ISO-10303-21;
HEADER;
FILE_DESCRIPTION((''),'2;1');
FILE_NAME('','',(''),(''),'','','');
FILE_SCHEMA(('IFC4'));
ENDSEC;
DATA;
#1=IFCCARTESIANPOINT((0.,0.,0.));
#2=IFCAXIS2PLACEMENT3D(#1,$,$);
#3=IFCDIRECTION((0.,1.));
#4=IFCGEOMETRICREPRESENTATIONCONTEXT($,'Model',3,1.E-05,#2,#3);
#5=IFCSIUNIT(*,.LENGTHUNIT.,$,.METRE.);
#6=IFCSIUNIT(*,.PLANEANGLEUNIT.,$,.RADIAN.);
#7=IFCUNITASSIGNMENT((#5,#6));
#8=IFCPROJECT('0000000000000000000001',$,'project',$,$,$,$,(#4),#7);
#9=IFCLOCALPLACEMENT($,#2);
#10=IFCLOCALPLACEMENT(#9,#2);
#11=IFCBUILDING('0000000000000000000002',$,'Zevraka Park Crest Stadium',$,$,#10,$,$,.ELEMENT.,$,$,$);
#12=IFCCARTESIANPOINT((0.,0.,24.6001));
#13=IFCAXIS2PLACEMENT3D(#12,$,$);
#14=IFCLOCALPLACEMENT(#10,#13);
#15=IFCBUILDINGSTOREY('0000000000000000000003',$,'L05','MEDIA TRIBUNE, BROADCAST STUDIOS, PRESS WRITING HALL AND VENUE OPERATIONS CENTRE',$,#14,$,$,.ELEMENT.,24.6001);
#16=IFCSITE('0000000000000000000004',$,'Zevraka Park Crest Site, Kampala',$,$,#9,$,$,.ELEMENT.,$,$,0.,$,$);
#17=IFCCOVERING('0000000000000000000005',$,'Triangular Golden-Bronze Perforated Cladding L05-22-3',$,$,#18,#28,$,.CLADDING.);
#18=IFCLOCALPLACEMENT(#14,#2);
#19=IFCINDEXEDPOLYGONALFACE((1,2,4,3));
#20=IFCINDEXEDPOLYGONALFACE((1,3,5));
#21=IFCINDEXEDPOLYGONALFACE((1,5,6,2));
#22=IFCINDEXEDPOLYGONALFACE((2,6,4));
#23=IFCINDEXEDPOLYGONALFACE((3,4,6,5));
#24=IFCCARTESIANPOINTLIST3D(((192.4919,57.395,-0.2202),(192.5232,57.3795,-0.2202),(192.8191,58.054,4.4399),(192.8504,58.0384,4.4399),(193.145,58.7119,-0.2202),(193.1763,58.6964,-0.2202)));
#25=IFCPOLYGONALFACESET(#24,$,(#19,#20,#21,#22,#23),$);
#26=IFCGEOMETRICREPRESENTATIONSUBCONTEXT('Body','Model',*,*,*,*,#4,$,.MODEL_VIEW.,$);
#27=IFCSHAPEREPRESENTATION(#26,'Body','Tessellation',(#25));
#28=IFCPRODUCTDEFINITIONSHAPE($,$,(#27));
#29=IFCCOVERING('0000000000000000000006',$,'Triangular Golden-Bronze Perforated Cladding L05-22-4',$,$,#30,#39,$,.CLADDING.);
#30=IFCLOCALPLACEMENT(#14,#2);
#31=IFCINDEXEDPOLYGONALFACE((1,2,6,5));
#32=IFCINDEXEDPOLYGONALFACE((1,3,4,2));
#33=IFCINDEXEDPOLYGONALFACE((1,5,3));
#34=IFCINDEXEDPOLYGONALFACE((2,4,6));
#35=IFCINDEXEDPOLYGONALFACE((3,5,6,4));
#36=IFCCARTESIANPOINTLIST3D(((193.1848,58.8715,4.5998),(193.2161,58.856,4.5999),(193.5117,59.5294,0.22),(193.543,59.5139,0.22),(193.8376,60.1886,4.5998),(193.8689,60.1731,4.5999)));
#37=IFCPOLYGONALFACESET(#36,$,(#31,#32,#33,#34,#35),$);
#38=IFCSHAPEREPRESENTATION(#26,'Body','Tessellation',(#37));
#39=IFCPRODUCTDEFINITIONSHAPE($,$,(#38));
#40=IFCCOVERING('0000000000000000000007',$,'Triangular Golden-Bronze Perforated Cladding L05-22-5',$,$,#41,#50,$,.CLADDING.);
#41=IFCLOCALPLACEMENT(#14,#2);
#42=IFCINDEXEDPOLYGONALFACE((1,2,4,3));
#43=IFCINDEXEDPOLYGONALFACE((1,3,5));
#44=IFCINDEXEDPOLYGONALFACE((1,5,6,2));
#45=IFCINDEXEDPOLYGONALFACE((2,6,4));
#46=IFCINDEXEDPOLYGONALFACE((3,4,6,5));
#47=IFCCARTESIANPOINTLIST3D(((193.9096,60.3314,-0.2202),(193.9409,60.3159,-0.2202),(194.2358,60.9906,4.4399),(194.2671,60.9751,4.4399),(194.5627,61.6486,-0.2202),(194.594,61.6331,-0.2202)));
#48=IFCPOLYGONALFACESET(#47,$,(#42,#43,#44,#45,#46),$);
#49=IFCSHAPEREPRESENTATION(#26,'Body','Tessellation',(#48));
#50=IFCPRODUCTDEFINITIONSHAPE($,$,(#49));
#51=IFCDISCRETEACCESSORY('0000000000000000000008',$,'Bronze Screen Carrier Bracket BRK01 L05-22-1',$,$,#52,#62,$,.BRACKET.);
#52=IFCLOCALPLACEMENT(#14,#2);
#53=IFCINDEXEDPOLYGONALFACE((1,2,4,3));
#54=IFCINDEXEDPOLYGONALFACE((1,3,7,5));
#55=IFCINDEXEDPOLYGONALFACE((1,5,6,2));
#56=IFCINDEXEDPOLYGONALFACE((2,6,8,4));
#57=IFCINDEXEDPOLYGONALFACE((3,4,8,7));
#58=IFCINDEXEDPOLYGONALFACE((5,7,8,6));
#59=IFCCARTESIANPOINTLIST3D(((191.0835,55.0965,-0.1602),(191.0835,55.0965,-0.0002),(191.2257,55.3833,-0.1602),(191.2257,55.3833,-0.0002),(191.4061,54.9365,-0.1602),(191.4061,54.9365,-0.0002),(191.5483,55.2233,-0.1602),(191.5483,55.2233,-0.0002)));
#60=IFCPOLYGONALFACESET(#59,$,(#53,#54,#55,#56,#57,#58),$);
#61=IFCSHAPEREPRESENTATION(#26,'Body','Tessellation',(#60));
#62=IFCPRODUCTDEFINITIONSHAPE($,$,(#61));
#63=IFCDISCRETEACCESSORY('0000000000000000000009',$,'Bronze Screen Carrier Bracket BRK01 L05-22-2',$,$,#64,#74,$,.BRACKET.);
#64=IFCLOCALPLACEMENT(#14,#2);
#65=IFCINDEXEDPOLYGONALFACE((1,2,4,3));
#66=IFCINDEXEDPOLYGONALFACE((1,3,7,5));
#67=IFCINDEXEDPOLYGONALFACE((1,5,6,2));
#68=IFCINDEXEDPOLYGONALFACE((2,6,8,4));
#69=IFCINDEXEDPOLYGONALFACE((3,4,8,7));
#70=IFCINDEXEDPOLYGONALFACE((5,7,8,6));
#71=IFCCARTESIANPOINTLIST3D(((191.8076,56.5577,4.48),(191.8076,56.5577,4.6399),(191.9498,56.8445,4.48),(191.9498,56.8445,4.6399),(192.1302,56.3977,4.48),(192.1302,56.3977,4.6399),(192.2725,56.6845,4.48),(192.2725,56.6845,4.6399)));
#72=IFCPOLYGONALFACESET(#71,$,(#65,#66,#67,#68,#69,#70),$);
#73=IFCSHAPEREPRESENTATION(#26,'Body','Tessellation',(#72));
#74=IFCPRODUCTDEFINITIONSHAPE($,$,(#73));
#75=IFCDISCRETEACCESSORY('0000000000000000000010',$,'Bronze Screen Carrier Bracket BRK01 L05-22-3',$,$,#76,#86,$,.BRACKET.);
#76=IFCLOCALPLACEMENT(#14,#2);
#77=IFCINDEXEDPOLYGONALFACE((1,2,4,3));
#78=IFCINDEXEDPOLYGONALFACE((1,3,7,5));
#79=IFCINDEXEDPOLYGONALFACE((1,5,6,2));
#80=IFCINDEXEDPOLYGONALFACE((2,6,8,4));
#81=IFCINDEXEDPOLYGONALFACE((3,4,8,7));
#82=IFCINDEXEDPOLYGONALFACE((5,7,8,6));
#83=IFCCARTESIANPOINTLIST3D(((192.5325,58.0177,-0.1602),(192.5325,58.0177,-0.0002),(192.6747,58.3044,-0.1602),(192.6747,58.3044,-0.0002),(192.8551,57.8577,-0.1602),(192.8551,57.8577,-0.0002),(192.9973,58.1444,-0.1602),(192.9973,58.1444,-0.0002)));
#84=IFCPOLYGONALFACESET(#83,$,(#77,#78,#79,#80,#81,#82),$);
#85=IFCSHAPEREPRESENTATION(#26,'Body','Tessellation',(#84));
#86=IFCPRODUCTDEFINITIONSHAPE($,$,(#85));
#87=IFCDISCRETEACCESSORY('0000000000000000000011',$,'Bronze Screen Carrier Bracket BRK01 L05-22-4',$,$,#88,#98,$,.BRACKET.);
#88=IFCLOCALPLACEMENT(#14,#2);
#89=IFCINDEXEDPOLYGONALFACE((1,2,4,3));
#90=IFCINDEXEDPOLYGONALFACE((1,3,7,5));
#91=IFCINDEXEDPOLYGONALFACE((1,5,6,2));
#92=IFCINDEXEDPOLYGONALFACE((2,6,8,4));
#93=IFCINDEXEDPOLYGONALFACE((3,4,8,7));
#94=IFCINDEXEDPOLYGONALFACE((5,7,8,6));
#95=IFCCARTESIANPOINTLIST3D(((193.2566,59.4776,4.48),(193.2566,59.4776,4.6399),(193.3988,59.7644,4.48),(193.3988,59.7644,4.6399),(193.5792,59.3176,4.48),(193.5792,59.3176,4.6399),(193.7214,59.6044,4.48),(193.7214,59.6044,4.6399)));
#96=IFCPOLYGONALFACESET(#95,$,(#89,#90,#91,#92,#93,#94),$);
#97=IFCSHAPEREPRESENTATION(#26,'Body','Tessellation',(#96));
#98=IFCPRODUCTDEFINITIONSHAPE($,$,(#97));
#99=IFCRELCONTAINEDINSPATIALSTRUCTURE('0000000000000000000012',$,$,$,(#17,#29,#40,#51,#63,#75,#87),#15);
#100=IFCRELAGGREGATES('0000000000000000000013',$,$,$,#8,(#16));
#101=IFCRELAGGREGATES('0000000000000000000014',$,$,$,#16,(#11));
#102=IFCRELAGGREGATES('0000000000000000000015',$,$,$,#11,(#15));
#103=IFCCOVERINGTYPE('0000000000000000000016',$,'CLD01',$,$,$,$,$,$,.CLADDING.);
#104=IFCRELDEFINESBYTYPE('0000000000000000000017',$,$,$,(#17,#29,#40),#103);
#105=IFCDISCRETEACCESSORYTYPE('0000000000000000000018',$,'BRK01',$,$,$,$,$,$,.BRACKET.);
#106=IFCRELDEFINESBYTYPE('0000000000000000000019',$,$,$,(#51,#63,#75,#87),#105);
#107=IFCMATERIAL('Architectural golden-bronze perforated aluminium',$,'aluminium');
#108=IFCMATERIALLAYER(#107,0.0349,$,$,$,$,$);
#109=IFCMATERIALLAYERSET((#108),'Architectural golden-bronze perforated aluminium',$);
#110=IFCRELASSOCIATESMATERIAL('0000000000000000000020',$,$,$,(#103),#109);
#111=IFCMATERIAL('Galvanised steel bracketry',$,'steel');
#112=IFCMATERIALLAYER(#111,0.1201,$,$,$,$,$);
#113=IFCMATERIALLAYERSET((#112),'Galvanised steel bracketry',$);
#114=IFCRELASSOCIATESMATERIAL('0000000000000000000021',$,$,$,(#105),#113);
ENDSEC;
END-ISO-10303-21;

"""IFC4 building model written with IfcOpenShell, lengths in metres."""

from ifc_helpers import new_model, si_unit, direction, frame, origin, origin_2d, place, context, subcontext, project, spatial, polyline, rectangle, outline, extrude, material, layer, layer_set, type_object, element, save


model = new_model("IFC4")

# Units and contexts
model_context = context("Model", 3, precision=1e-05, world=origin(), true_north=direction((0.0, 1.0)))
body_context = subcontext(model_context, "Body", "Model", "MODEL_VIEW")
ifc_project = project(units=[si_unit("LENGTHUNIT", "METRE"), si_unit("PLANEANGLEUNIT", "RADIAN")], contexts=[model_context])

# Site, building, storey
site_placement = place(None, origin())
site = spatial("IfcSite", under=ifc_project, at=site_placement, Name="Zevraka Park Crest Site, Kampala", CompositionType="ELEMENT", RefElevation=0.0)
building_placement = place(site_placement, origin())
building = spatial("IfcBuilding", under=site, at=building_placement, Name="Zevraka Park Crest Stadium", CompositionType="ELEMENT")
storey_placement = place(building_placement, frame((0.0, 0.0, 24.6001)))
storey = spatial("IfcBuildingStorey", under=building, at=storey_placement, Name="L05", Description="MEDIA TRIBUNE, BROADCAST STUDIOS, PRESS WRITING HALL AND VENUE OPERATIONS CENTRE", CompositionType="ELEMENT", Elevation=24.6001)

# Coverings
ifc_material_1 = material(Name="Architectural golden-bronze perforated aluminium", Category="aluminium")
ifc_layer_1 = layer(ifc_material_1, 0.0349)
ifc_layer_set_1 = layer_set([ifc_layer_1], Name="Architectural golden-bronze perforated aluminium")
covering_type = type_object("IfcCoveringType", Name="CLD01", PredefinedType="CLADDING", material=ifc_layer_set_1)
covering_1_placement = place(storey_placement, frame((192.4919, 57.395, -0.2202), z_axis=(-0.895884, 0.444288, 0.000071), x_axis=(0.444288, 0.895884, 0.0)))
element("IfcCovering", 1, at=covering_1_placement, inside=storey, type_object=covering_type, Name="Triangular Golden-Bronze Perforated Cladding L05-22-3", PredefinedType="CLADDING", context=body_context, shape_type="SweptSolid", body=[
    extrude(outline(polyline([(0.0, 0.0), (1.4699, 0.0), (0.7357, -4.6602), (0.0, 0.0)])), origin(), (0.0, 0.0, -1.0), 0.0349),
])
covering_2_placement = place(storey_placement, frame((193.8689, 60.1731, 4.5999), z_axis=(0.895983, -0.444089, 0.000162), x_axis=(-0.444089, -0.895983, 0.0)))
element("IfcCovering", 2, at=covering_2_placement, inside=storey, type_object=covering_type, Name="Triangular Golden-Bronze Perforated Cladding L05-22-4", PredefinedType="CLADDING", context=body_context, shape_type="SweptSolid", body=[
    extrude(outline(polyline([(0.0, 0.0), (1.47, 0.0), (0.7354, 4.3799), (0.0, 0.0)])), origin(), (0.0, 0.0, -1.0), 0.0349),
])
covering_3_placement = place(storey_placement, frame((193.9409, 60.3159, -0.2202), z_axis=(0.895917, -0.444222, 0.000129), x_axis=(0.444222, 0.895917, 0.0)))
element("IfcCovering", 3, at=covering_3_placement, inside=storey, type_object=covering_type, Name="Triangular Golden-Bronze Perforated Cladding L05-22-5", PredefinedType="CLADDING", context=body_context, shape_type="SweptSolid", body=[
    extrude(outline(polyline([(0.0, 0.0), (1.4702, 0.0), (0.7355, 4.6602), (0.0, 0.0)])), origin(), (0.0, 0.0, -1.0), 0.0349),
])

# Discrete accessories
ifc_material_2 = material(Name="Galvanised steel bracketry", Category="steel")
ifc_layer_2 = layer(ifc_material_2, 0.1201)
ifc_layer_set_2 = layer_set([ifc_layer_2], Name="Galvanised steel bracketry")
discrete_accessory_type = type_object("IfcDiscreteAccessoryType", Name="BRK01", PredefinedType="BRACKET", material=ifc_layer_set_2)
for number, where, z_axis, x_axis, name in (
    (4, (191.3159, 55.1599, -0.1602), (0.0, 0.0, 1.0), (0.444322, 0.895867, 0.0), "Bronze Screen Carrier Bracket BRK01 L05-22-1"),
    (5, (192.04, 56.6211, 4.48), (0.0, 0.0, 1.0), (0.444322, 0.895867, 0.0), "Bronze Screen Carrier Bracket BRK01 L05-22-2"),
    (6, (192.7649, 58.0811, -0.1602), (0.0, 0.0, 1.0), (0.444322, 0.895867, 0.0), "Bronze Screen Carrier Bracket BRK01 L05-22-3"),
    (7, (193.489, 59.541, 4.48), (0.0, 0.0, 1.0), (0.444322, 0.895867, 0.0), "Bronze Screen Carrier Bracket BRK01 L05-22-4"),
):
    element("IfcDiscreteAccessory", number, at=place(storey_placement, frame(where, z_axis=z_axis, x_axis=x_axis)), inside=storey, type_object=discrete_accessory_type, Name=name, PredefinedType="BRACKET", context=body_context, shape_type="SweptSolid", body=[
        extrude(rectangle(XDim=0.3201, YDim=0.3601, at=origin_2d()), origin(), (0.0, 0.0, 1.0), 0.1599),
    ])

save(model, "model.ifc")
